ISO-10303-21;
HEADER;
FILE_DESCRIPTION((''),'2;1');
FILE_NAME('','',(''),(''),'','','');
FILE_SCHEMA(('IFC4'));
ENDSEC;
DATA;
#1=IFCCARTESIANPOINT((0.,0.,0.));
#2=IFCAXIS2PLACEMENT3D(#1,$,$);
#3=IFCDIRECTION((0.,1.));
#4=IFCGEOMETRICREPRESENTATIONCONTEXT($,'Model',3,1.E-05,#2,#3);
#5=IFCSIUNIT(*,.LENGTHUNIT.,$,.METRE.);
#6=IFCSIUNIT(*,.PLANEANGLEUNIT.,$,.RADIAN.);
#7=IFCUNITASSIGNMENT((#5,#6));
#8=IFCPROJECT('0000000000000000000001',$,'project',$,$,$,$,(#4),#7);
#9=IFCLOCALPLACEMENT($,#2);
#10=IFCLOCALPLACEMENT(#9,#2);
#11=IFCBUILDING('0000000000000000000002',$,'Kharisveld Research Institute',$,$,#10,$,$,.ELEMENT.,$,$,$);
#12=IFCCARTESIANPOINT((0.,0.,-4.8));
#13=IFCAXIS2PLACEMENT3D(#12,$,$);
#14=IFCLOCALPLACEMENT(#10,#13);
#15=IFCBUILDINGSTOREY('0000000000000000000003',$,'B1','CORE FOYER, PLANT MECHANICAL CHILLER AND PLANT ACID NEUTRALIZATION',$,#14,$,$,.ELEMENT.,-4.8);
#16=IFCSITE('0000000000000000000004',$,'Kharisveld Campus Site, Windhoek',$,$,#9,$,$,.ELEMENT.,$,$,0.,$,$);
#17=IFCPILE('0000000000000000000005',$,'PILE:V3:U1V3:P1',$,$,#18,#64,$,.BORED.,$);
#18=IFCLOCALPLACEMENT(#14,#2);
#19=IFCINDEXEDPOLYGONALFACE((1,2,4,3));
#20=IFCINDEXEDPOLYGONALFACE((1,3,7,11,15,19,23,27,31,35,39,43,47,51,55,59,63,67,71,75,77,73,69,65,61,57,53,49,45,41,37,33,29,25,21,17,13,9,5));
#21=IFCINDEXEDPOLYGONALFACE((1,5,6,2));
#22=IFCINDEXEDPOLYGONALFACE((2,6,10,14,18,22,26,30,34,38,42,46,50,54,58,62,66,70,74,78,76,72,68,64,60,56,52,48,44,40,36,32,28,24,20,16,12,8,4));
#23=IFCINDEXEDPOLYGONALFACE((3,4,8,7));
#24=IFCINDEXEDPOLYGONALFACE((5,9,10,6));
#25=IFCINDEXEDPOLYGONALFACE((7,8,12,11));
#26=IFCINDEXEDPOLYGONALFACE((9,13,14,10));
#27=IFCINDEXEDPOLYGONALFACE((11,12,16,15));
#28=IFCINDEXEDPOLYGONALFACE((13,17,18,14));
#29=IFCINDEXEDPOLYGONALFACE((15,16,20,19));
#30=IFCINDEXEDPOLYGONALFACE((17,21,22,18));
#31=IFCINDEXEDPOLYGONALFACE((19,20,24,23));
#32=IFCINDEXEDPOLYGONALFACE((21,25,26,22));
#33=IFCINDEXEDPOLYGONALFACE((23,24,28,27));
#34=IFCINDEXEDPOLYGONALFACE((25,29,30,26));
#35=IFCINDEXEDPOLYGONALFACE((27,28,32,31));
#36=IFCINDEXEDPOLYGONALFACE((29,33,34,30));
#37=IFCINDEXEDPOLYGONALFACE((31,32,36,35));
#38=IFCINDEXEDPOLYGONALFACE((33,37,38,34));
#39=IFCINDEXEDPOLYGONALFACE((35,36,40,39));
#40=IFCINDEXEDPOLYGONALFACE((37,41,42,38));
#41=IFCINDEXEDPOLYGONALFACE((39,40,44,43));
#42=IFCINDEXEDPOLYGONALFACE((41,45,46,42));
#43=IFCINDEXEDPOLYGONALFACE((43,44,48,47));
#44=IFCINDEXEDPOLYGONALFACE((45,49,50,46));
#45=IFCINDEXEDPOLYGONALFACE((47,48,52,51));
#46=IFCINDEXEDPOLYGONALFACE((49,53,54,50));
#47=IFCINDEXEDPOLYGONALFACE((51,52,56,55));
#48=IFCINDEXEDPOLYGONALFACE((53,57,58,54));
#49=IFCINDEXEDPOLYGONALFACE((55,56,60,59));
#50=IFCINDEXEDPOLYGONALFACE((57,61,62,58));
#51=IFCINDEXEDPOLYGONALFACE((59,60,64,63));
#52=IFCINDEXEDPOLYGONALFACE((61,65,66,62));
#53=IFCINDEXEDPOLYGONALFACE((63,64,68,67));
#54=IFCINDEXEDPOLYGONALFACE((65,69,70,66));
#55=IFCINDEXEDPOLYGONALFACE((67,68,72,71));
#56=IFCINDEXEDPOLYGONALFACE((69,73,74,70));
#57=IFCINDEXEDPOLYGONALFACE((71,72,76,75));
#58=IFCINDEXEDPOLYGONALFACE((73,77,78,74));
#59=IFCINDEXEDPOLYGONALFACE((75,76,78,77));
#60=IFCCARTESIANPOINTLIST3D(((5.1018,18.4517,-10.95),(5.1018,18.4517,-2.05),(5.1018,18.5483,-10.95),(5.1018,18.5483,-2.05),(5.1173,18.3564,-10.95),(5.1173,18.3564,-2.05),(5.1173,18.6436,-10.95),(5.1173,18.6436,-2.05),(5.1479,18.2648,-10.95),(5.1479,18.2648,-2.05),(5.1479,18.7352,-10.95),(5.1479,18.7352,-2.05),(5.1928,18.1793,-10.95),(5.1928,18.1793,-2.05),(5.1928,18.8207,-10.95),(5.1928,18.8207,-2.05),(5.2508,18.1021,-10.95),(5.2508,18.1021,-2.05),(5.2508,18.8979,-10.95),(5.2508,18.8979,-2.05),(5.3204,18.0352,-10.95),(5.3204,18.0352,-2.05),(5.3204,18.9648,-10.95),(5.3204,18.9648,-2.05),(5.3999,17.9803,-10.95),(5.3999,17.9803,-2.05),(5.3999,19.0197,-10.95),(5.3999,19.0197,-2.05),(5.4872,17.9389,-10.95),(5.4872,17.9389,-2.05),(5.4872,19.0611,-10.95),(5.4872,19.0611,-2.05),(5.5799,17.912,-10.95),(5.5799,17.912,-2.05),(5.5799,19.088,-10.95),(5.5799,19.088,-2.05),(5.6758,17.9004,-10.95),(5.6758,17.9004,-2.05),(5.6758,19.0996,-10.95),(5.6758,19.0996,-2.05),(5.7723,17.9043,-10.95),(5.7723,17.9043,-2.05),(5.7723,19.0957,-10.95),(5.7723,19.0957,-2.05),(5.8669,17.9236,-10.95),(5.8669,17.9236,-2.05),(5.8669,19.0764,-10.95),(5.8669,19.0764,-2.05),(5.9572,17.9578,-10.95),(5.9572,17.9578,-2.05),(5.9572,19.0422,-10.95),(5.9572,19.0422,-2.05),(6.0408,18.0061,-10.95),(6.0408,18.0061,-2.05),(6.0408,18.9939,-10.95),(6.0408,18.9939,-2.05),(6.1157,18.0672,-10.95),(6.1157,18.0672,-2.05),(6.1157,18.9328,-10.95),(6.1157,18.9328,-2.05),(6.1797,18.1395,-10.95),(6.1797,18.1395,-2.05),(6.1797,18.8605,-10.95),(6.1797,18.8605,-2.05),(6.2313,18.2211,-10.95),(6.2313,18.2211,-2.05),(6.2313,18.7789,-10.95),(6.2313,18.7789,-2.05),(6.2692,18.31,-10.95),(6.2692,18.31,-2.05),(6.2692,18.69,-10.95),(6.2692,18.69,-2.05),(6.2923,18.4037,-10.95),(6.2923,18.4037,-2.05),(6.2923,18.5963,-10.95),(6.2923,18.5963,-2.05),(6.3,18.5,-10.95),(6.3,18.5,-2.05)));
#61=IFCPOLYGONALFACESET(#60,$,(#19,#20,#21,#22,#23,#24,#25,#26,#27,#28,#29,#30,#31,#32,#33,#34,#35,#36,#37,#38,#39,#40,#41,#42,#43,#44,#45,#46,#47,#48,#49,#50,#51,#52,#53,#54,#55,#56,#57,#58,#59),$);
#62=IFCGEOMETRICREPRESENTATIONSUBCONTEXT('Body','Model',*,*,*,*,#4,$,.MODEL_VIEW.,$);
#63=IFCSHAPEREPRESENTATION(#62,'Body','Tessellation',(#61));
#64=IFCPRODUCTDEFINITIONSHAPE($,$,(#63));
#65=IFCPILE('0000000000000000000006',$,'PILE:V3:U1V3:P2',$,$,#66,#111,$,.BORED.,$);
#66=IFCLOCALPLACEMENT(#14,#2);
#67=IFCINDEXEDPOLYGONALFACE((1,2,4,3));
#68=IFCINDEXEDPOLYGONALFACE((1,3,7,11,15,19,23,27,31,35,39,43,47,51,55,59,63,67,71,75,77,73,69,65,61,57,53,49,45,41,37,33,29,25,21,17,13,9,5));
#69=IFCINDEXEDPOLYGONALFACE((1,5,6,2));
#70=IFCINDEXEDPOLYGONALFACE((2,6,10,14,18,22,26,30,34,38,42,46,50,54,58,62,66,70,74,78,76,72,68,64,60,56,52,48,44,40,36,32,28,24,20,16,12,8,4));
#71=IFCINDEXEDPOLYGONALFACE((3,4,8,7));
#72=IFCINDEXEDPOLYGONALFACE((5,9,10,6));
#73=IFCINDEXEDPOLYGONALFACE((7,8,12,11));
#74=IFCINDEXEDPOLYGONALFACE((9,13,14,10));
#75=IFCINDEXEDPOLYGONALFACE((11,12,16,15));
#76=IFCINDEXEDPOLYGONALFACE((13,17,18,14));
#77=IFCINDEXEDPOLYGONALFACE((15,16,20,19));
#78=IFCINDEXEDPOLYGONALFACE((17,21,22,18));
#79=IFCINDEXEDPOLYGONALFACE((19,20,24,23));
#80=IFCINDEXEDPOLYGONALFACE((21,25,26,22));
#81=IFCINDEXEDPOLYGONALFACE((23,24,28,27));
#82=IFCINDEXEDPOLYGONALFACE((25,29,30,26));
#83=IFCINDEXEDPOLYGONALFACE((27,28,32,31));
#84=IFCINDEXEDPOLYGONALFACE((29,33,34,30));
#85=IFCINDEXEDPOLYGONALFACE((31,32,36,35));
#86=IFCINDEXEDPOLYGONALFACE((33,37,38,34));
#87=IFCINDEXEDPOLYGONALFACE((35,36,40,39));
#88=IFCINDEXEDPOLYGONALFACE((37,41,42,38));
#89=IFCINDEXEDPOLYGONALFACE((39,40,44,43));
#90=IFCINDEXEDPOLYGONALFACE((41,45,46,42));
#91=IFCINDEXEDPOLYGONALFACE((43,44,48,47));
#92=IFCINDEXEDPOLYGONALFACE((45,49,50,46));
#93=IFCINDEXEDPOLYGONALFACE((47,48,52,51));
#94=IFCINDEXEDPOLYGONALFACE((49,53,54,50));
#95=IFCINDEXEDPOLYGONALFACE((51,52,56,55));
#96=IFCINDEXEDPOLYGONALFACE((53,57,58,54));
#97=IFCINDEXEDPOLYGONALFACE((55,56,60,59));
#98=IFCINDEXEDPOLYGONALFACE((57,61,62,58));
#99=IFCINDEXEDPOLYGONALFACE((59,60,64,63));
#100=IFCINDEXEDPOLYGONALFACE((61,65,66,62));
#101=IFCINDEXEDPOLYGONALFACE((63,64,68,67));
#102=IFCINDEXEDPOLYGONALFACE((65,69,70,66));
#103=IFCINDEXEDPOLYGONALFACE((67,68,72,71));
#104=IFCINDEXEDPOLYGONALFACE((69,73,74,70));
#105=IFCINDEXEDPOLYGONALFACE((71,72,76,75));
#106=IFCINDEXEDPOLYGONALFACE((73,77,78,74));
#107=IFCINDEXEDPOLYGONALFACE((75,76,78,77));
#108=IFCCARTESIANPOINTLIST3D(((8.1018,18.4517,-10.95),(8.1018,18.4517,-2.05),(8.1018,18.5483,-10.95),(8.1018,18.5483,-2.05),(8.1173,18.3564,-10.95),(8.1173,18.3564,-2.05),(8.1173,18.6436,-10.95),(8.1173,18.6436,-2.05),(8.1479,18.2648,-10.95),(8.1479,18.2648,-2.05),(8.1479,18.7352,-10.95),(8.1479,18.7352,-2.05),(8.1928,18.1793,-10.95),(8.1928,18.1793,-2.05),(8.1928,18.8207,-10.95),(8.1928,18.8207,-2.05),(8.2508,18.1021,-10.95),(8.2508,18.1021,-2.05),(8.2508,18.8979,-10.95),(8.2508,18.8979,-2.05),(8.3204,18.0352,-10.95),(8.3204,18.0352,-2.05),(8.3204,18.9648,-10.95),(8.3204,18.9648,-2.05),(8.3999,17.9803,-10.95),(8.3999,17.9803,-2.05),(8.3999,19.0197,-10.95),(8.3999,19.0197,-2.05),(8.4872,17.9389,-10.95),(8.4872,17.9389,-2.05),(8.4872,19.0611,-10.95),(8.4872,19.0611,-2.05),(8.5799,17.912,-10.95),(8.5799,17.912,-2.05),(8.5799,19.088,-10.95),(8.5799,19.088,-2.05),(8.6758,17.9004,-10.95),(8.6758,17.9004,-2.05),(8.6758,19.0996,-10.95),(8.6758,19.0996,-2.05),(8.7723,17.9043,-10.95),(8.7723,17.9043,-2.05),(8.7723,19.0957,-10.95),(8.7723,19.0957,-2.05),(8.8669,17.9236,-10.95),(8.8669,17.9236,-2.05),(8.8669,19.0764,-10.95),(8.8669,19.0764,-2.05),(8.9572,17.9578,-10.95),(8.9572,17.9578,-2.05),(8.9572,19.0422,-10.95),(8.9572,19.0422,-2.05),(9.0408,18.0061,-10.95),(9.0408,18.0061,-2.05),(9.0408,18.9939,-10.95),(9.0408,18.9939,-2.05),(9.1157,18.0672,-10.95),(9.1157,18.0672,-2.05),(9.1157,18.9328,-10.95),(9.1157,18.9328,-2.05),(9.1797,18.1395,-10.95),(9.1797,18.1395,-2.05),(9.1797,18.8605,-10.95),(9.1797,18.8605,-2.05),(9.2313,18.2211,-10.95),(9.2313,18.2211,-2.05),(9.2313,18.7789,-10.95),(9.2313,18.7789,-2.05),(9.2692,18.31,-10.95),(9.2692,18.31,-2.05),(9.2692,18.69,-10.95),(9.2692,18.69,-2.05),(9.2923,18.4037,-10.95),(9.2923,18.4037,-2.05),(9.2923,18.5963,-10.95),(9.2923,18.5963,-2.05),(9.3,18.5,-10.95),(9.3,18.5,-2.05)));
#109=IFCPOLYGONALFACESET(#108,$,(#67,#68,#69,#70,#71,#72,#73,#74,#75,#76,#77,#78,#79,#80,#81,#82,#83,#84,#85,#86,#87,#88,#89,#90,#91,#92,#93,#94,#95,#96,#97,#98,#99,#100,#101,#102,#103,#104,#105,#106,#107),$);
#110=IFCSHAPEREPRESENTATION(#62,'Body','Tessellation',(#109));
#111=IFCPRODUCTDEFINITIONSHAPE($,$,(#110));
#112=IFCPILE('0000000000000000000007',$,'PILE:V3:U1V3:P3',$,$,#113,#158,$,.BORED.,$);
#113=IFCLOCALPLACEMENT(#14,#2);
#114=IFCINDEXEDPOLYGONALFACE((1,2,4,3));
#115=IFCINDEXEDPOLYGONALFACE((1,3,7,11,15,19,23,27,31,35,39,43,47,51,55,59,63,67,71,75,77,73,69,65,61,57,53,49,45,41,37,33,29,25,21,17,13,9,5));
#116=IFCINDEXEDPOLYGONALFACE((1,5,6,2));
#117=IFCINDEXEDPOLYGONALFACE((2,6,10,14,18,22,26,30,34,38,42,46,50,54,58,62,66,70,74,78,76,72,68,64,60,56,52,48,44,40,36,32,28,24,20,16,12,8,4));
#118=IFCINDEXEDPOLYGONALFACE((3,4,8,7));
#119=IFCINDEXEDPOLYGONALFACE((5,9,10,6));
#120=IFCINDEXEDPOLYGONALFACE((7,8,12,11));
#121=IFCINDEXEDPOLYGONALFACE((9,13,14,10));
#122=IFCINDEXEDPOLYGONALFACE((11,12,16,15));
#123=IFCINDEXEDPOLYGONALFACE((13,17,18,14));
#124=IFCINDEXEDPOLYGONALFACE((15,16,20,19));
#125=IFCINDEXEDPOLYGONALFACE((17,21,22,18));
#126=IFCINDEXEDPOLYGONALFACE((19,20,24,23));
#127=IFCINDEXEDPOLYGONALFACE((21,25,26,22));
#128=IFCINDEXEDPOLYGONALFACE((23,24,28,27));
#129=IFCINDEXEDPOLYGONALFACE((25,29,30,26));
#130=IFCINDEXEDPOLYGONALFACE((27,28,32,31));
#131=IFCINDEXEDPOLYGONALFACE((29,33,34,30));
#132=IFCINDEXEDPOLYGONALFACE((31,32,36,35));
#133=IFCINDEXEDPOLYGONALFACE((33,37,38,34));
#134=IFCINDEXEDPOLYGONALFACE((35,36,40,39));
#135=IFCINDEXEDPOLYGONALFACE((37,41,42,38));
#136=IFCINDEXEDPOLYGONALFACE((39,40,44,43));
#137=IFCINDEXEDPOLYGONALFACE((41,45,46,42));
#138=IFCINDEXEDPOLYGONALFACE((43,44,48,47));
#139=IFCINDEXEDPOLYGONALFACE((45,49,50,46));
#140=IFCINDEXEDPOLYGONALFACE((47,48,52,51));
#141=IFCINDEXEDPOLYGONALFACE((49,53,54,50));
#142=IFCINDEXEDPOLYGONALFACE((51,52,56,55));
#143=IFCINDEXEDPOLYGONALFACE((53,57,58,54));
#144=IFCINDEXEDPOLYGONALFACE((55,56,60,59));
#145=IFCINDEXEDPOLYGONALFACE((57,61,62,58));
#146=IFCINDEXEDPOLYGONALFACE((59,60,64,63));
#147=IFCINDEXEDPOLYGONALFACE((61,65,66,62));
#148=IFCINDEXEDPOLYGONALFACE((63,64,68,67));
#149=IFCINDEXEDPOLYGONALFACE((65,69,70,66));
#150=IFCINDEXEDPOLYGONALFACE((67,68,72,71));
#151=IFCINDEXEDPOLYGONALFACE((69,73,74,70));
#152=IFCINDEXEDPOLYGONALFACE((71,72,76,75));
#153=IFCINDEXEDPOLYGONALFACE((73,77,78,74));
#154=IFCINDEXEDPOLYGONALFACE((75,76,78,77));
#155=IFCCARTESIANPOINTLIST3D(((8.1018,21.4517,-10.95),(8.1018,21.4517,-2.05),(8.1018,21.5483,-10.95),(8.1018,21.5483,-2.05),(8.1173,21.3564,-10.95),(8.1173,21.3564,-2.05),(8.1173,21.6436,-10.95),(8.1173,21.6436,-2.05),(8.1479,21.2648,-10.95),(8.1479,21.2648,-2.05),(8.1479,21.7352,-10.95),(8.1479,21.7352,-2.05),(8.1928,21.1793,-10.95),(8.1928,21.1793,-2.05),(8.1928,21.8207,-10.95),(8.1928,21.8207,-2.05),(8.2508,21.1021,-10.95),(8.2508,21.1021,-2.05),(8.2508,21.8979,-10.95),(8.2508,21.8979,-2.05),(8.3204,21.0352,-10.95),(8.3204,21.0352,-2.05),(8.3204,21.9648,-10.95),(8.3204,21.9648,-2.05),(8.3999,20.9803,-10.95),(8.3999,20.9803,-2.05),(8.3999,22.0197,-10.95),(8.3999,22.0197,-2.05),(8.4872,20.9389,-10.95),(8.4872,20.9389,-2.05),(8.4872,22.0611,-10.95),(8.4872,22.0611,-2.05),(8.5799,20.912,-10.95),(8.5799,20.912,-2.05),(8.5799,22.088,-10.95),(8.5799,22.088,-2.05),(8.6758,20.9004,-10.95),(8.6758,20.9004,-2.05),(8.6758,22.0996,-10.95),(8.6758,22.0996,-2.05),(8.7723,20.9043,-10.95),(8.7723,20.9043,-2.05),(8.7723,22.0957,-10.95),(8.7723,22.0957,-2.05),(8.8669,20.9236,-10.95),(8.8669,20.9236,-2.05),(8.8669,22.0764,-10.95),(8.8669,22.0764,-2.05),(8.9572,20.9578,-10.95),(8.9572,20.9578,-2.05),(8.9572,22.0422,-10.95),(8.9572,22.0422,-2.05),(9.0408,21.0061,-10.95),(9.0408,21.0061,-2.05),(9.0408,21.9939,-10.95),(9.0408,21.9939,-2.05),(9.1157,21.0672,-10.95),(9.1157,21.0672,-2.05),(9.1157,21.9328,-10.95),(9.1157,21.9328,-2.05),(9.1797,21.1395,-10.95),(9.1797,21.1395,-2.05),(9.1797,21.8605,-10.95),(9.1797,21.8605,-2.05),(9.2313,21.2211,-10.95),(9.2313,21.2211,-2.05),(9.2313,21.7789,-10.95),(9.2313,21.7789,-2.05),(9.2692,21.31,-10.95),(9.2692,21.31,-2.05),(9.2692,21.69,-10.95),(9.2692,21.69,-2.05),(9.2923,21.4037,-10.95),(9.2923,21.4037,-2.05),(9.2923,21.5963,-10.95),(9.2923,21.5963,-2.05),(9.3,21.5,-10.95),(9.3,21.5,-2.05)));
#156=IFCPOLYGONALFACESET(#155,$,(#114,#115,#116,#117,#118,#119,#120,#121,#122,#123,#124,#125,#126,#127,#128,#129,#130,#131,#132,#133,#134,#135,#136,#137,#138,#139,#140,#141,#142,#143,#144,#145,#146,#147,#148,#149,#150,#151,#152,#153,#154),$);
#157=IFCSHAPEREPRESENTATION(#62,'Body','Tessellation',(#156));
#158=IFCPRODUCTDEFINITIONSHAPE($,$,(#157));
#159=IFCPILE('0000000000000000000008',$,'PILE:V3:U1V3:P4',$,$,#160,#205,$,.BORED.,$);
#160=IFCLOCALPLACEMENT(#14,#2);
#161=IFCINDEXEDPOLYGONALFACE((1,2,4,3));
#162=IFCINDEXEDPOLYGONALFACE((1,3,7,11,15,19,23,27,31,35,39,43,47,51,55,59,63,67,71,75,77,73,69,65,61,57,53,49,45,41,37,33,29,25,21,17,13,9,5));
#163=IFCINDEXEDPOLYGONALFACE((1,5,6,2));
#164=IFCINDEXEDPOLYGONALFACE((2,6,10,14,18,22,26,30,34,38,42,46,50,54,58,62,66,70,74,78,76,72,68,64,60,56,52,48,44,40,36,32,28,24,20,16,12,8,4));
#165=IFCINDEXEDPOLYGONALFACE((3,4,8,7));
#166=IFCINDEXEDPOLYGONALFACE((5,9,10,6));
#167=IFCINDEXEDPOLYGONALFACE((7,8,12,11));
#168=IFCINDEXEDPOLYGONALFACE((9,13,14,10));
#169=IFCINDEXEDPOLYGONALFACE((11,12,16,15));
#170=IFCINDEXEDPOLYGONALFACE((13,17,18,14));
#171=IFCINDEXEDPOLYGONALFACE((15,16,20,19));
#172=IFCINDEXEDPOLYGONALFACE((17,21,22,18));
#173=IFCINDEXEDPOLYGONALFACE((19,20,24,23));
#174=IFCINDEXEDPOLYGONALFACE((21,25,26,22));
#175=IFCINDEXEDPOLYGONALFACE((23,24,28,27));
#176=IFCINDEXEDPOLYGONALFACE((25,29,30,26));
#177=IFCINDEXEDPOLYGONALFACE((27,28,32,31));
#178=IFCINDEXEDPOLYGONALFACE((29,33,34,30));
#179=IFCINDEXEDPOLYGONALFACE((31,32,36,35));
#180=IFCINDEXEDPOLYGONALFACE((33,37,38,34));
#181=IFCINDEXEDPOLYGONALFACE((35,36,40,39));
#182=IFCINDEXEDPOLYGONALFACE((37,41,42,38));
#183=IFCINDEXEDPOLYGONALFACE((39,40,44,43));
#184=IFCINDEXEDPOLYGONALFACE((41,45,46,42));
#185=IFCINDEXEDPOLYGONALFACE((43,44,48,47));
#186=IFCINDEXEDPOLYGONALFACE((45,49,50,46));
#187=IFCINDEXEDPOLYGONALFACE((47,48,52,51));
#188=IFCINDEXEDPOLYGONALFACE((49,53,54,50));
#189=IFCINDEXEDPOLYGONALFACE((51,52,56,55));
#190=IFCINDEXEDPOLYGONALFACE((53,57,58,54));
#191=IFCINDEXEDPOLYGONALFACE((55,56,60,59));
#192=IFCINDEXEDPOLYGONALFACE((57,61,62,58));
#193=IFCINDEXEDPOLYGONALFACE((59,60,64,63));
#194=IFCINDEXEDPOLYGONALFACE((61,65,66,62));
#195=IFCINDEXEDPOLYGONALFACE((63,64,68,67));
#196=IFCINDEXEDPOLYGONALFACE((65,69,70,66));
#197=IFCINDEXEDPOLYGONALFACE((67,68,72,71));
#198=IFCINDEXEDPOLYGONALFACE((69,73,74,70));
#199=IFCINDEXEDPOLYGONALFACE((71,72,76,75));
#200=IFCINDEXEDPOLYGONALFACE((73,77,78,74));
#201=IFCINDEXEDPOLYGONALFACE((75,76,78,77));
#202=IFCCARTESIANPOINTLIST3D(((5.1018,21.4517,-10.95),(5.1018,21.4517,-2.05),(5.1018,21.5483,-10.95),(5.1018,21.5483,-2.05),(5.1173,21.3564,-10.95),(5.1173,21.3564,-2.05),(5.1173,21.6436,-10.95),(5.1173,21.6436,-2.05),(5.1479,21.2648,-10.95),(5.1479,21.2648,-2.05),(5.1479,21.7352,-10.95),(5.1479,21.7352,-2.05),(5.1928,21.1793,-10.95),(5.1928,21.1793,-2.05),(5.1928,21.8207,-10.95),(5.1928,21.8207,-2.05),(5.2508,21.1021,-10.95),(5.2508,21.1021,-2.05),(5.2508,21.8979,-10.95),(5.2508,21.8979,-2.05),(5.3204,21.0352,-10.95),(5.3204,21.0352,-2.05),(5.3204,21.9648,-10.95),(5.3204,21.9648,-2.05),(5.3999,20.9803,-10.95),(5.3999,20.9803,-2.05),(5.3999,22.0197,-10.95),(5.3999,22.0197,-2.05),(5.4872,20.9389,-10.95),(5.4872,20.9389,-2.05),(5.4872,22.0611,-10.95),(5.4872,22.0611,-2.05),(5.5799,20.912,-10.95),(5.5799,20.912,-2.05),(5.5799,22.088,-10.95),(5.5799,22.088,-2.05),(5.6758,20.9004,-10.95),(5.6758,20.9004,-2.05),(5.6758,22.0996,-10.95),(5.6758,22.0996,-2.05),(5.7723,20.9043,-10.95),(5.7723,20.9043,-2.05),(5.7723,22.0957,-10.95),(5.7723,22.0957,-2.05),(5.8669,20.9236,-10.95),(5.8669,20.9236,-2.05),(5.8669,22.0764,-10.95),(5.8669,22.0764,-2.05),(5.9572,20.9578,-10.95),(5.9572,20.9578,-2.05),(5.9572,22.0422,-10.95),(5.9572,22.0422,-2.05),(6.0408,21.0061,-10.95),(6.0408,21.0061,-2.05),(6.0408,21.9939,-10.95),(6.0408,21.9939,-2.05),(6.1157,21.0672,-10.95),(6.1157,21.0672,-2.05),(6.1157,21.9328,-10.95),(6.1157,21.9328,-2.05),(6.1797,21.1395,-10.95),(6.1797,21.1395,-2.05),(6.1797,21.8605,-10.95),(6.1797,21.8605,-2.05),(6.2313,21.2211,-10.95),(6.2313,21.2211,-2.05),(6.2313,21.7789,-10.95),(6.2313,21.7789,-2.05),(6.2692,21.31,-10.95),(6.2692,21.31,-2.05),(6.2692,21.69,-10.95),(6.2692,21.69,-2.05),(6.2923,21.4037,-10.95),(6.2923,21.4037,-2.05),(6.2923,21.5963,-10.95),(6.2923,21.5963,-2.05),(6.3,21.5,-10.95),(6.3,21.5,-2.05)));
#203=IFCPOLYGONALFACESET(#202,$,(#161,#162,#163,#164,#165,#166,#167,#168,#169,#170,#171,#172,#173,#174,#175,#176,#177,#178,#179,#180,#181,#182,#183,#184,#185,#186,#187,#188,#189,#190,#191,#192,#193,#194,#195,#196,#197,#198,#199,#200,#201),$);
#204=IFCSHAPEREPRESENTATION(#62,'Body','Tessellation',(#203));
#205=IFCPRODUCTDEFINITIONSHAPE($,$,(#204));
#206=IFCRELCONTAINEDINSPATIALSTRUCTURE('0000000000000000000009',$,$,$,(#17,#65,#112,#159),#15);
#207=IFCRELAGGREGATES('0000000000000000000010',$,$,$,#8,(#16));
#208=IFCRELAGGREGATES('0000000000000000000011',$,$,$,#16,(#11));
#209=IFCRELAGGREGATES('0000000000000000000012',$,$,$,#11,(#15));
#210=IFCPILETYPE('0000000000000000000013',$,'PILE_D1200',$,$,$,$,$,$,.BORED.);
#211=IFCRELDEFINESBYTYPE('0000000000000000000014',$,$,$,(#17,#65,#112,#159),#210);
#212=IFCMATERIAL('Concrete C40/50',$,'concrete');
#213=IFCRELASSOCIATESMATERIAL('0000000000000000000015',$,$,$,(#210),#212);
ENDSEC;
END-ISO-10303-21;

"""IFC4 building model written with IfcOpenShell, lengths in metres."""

from ifc_helpers import new_model, si_unit, direction, frame, origin, origin_2d, place, context, subcontext, project, spatial, circle, extrude, material, material_profile, profile_set, type_object, element, save


model = new_model("IFC4")

# Units and contexts
model_context = context("Model", 3, precision=1e-05, world=origin(), true_north=direction((0.0, 1.0)))
body_context = subcontext(model_context, "Body", "Model", "MODEL_VIEW")
ifc_project = project(units=[si_unit("LENGTHUNIT", "METRE"), si_unit("PLANEANGLEUNIT", "RADIAN")], contexts=[model_context])

# Site, building, storey
site_placement = place(None, origin())
site = spatial("IfcSite", under=ifc_project, at=site_placement, Name="Kharisveld Campus Site, Windhoek", CompositionType="ELEMENT", RefElevation=0.0)
building_placement = place(site_placement, origin())
building = spatial("IfcBuilding", under=site, at=building_placement, Name="Kharisveld Research Institute", CompositionType="ELEMENT")
storey_placement = place(building_placement, frame((0.0, 0.0, -4.8)))
storey = spatial("IfcBuildingStorey", under=building, at=storey_placement, Name="B1", Description="CORE FOYER, PLANT MECHANICAL CHILLER AND PLANT ACID NEUTRALIZATION", CompositionType="ELEMENT", Elevation=-4.8)

# Piles
ifc_material_1 = material(Name="Concrete C40/50", Category="concrete")
ifc_material_profile_1 = material_profile(ifc_material_1, circle(Radius=0.6001, at=origin_2d()))
ifc_profile_set_1 = profile_set([ifc_material_profile_1], Name="Concrete C40/50")
pile_type_1 = type_object("IfcPileType", Name="PILE_D1200", PredefinedType="BORED", material=ifc_profile_set_1)
for number, where, z_axis, x_axis, name in (
    (1, (5.7, 18.5, -2.05), (0.0, 0.0, -1.0), (1.0, 0.0, 0.0), "PILE:V3:U1V3:P1"),
    (2, (8.7, 18.5, -2.05), (0.0, 0.0, -1.0), (1.0, 0.0, 0.0), "PILE:V3:U1V3:P2"),
    (3, (8.7, 21.5, -2.05), (0.0, 0.0, -1.0), (1.0, 0.0, 0.0), "PILE:V3:U1V3:P3"),
    (4, (5.7, 21.5, -2.05), (0.0, 0.0, -1.0), (1.0, 0.0, 0.0), "PILE:V3:U1V3:P4"),
):
    element("IfcPile", number, at=place(storey_placement, frame(where, z_axis=z_axis, x_axis=x_axis)), inside=storey, type_object=pile_type_1, Name=name, PredefinedType="BORED", context=body_context, shape_type="SweptSolid", body=[
        extrude(circle(Radius=0.6001, at=origin_2d()), origin(), (0.0, 0.0, 1.0), 8.8999),
    ])

save(model, "model.ifc")
